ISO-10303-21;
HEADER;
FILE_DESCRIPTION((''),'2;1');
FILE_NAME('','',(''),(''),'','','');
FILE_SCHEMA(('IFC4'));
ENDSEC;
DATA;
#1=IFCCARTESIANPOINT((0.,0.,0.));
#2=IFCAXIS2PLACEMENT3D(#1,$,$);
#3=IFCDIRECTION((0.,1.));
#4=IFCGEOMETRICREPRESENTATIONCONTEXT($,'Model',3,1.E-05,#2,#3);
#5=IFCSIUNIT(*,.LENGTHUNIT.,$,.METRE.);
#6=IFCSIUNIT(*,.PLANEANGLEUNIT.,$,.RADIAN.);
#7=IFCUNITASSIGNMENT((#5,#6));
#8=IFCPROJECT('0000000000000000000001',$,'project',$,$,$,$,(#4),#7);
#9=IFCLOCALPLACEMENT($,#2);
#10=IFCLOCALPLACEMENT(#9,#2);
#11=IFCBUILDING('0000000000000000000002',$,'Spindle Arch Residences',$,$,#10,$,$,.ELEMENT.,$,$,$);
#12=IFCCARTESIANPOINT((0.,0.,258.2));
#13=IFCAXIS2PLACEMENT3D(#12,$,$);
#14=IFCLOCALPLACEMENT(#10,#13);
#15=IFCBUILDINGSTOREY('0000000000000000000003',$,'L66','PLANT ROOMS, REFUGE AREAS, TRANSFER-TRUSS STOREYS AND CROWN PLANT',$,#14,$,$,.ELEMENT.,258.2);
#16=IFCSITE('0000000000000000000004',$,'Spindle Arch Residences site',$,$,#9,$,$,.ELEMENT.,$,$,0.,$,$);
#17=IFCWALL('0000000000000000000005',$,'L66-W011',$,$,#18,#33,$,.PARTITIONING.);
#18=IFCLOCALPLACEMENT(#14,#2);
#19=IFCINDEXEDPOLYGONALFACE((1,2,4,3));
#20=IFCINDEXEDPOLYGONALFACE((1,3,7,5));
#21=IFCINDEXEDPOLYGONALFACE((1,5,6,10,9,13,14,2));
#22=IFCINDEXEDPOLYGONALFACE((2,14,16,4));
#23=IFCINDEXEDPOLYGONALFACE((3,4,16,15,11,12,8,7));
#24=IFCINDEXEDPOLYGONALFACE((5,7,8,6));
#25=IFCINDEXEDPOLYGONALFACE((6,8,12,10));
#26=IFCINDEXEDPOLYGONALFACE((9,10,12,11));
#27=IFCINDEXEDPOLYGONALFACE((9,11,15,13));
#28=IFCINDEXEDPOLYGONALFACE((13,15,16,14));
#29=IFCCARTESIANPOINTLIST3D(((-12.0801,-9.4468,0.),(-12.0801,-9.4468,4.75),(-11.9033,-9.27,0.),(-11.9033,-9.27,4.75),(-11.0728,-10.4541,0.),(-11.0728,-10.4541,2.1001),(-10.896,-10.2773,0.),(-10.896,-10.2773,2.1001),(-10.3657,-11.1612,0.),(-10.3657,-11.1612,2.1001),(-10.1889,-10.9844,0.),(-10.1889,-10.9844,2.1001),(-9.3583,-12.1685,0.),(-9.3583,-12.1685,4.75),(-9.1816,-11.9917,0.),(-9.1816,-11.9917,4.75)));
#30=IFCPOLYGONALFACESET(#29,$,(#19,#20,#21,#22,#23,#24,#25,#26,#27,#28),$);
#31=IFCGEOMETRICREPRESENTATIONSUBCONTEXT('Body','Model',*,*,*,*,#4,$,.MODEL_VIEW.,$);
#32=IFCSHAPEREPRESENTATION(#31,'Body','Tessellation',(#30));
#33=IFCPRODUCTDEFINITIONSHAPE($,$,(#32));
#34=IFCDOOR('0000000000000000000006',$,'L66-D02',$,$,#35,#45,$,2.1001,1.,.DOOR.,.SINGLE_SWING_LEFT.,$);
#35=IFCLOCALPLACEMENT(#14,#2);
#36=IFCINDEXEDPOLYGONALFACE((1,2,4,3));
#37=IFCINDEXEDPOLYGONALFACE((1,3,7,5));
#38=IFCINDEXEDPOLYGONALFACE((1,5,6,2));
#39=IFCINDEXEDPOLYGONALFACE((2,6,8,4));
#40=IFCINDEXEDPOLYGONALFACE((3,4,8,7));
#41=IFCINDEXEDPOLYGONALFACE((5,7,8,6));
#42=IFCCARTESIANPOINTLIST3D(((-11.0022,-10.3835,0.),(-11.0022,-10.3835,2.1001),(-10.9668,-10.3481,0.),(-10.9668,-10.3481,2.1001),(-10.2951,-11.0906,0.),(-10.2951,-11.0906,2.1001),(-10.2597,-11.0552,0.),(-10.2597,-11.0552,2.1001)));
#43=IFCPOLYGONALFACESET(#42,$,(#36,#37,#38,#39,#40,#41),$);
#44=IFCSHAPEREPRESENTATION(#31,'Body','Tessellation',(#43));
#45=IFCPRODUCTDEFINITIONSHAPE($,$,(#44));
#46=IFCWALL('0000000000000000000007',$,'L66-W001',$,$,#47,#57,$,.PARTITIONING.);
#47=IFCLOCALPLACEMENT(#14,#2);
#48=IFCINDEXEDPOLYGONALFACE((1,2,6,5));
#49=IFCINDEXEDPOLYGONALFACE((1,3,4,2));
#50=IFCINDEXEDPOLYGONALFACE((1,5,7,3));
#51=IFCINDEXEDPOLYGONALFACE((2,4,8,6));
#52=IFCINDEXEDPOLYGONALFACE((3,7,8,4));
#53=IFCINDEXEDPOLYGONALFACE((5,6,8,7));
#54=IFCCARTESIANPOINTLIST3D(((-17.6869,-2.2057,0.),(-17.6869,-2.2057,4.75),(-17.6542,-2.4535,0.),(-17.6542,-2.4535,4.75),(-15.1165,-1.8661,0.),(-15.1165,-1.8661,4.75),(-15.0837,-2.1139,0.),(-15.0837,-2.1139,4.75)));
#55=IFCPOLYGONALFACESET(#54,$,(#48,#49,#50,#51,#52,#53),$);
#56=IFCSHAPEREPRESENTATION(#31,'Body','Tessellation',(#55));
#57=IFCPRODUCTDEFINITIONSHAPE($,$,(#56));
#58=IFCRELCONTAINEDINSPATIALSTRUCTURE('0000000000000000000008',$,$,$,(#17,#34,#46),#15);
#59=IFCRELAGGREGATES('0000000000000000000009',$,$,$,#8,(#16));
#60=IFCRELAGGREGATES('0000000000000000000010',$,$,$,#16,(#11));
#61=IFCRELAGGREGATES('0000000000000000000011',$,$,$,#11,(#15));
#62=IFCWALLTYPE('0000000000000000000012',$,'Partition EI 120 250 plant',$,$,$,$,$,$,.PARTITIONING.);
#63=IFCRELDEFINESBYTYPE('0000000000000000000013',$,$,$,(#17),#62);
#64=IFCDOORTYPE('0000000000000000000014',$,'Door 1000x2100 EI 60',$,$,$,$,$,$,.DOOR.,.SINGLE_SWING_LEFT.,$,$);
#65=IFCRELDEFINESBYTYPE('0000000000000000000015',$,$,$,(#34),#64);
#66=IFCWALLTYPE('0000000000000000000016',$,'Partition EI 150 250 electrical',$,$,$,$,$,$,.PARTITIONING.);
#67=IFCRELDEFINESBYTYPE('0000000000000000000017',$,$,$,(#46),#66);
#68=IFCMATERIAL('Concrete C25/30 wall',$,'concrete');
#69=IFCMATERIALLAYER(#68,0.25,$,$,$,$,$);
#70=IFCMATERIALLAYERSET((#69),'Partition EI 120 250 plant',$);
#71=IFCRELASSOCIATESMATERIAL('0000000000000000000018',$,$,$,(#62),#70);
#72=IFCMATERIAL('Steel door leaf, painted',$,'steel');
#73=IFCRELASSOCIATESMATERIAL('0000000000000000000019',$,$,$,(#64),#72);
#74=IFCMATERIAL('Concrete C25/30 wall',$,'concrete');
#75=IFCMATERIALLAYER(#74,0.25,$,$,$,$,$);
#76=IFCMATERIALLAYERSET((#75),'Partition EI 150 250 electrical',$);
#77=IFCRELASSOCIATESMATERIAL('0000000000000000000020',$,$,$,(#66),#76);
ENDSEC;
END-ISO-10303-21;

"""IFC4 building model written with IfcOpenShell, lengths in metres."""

from ifc_helpers import new_model, si_unit, direction, frame, frame_2d, origin, place, context, subcontext, project, spatial, rectangle, extrude, material, layer, layer_set, type_object, element, fill, save


model = new_model("IFC4")

# Units and contexts
model_context = context("Model", 3, precision=1e-05, world=origin(), true_north=direction((0.0, 1.0)))
body_context = subcontext(model_context, "Body", "Model", "MODEL_VIEW")
ifc_project = project(units=[si_unit("LENGTHUNIT", "METRE"), si_unit("PLANEANGLEUNIT", "RADIAN")], contexts=[model_context])

# Site, building, storey
site_placement = place(None, origin())
site = spatial("IfcSite", under=ifc_project, at=site_placement, Name="Spindle Arch Residences site", CompositionType="ELEMENT", RefElevation=0.0)
building_placement = place(site_placement, origin())
building = spatial("IfcBuilding", under=site, at=building_placement, Name="Spindle Arch Residences", CompositionType="ELEMENT")
storey_placement = place(building_placement, frame((0.0, 0.0, 258.2)))
storey = spatial("IfcBuildingStorey", under=building, at=storey_placement, Name="L66", Description="PLANT ROOMS, REFUGE AREAS, TRANSFER-TRUSS STOREYS AND CROWN PLANT", CompositionType="ELEMENT", Elevation=258.2)

# Shared definitions
ifc_material_1 = material(Name="Concrete C25/30 wall", Category="concrete")
ifc_layer_1 = layer(ifc_material_1, 0.25)
ifc_layer_set_1 = layer_set([ifc_layer_1], Name="Partition EI 120 250 plant")
wall_type_1 = type_object("IfcWallType", Name="Partition EI 120 250 plant", PredefinedType="PARTITIONING", material=ifc_layer_set_1)
ifc_material_2 = material(Name="Steel door leaf, painted", Category="steel")
door_type_1 = type_object("IfcDoorType", Name="Door 1000x2100 EI 60", OperationType="SINGLE_SWING_LEFT", PredefinedType="DOOR", material=ifc_material_2)

# Wall, opening, door
wall_1_placement = place(storey_placement, frame((-11.9917, -9.3584, 0.0), z_axis=(0.0, 0.0, 1.0), x_axis=(0.707107, -0.707107, 0.0)))
wall_1 = element("IfcWall", 1, at=wall_1_placement, inside=storey, type_object=wall_type_1, Name="L66-W011", PredefinedType="PARTITIONING", context=body_context, shape_type="SweptSolid", body=[
    extrude(rectangle(XDim=3.8491, YDim=0.25, at=frame_2d((1.9246, 0.0))), origin(), (0.0, 0.0, 1.0), 4.75),
])
opening_1_placement = place(wall_1_placement, frame((1.4246, 0.0, 0.0)))
opening_1 = element("IfcOpeningElement", 2, at=opening_1_placement, cuts=wall_1, PredefinedType="OPENING", context=body_context, shape_type="SweptSolid", body=[
    extrude(rectangle(XDim=1.0, YDim=2.1001, at=frame_2d((0.5, 1.05))), frame((0.0, 0.135, 0.0), z_axis=(0.0, -1.0, 0.0), x_axis=(1.0, 0.0, 0.0)), (0.0, 0.0, 1.0), 0.27),
])
door_1_placement = place(opening_1_placement, origin())
door_1 = element("IfcDoor", 3, at=door_1_placement, inside=storey, type_object=door_type_1, Name="L66-D02", OperationType="SINGLE_SWING_LEFT", OverallHeight=2.1001, OverallWidth=1.0, PredefinedType="DOOR", context=body_context, shape_type="SweptSolid", body=[
    extrude(rectangle(XDim=1.0, YDim=2.1001, at=frame_2d((0.5, 1.05))), frame((0.0, 0.0249, 0.0), z_axis=(0.0, -1.0, 0.0), x_axis=(1.0, 0.0, 0.0)), (0.0, 0.0, 1.0), 0.05),
])
fill(opening_1, door_1)

# Wall
ifc_material_3 = material(Name="Concrete C25/30 wall", Category="concrete")
ifc_layer_2 = layer(ifc_material_3, 0.25)
ifc_layer_set_2 = layer_set([ifc_layer_2], Name="Partition EI 150 250 electrical")
wall_type_2 = type_object("IfcWallType", Name="Partition EI 150 250 electrical", PredefinedType="PARTITIONING", material=ifc_layer_set_2)
wall_2_placement = place(storey_placement, frame((-15.1001, -1.99, 0.0), z_axis=(0.0, 0.0, 1.0), x_axis=(-0.991386, -0.130973, 0.0)))
element("IfcWall", 4, at=wall_2_placement, inside=storey, type_object=wall_type_2, Name="L66-W001", PredefinedType="PARTITIONING", context=body_context, shape_type="SweptSolid", body=[
    extrude(rectangle(XDim=2.5928, YDim=0.25, at=frame_2d((1.2964, 0.0))), origin(), (0.0, 0.0, 1.0), 4.75),
])

save(model, "model.ifc")
